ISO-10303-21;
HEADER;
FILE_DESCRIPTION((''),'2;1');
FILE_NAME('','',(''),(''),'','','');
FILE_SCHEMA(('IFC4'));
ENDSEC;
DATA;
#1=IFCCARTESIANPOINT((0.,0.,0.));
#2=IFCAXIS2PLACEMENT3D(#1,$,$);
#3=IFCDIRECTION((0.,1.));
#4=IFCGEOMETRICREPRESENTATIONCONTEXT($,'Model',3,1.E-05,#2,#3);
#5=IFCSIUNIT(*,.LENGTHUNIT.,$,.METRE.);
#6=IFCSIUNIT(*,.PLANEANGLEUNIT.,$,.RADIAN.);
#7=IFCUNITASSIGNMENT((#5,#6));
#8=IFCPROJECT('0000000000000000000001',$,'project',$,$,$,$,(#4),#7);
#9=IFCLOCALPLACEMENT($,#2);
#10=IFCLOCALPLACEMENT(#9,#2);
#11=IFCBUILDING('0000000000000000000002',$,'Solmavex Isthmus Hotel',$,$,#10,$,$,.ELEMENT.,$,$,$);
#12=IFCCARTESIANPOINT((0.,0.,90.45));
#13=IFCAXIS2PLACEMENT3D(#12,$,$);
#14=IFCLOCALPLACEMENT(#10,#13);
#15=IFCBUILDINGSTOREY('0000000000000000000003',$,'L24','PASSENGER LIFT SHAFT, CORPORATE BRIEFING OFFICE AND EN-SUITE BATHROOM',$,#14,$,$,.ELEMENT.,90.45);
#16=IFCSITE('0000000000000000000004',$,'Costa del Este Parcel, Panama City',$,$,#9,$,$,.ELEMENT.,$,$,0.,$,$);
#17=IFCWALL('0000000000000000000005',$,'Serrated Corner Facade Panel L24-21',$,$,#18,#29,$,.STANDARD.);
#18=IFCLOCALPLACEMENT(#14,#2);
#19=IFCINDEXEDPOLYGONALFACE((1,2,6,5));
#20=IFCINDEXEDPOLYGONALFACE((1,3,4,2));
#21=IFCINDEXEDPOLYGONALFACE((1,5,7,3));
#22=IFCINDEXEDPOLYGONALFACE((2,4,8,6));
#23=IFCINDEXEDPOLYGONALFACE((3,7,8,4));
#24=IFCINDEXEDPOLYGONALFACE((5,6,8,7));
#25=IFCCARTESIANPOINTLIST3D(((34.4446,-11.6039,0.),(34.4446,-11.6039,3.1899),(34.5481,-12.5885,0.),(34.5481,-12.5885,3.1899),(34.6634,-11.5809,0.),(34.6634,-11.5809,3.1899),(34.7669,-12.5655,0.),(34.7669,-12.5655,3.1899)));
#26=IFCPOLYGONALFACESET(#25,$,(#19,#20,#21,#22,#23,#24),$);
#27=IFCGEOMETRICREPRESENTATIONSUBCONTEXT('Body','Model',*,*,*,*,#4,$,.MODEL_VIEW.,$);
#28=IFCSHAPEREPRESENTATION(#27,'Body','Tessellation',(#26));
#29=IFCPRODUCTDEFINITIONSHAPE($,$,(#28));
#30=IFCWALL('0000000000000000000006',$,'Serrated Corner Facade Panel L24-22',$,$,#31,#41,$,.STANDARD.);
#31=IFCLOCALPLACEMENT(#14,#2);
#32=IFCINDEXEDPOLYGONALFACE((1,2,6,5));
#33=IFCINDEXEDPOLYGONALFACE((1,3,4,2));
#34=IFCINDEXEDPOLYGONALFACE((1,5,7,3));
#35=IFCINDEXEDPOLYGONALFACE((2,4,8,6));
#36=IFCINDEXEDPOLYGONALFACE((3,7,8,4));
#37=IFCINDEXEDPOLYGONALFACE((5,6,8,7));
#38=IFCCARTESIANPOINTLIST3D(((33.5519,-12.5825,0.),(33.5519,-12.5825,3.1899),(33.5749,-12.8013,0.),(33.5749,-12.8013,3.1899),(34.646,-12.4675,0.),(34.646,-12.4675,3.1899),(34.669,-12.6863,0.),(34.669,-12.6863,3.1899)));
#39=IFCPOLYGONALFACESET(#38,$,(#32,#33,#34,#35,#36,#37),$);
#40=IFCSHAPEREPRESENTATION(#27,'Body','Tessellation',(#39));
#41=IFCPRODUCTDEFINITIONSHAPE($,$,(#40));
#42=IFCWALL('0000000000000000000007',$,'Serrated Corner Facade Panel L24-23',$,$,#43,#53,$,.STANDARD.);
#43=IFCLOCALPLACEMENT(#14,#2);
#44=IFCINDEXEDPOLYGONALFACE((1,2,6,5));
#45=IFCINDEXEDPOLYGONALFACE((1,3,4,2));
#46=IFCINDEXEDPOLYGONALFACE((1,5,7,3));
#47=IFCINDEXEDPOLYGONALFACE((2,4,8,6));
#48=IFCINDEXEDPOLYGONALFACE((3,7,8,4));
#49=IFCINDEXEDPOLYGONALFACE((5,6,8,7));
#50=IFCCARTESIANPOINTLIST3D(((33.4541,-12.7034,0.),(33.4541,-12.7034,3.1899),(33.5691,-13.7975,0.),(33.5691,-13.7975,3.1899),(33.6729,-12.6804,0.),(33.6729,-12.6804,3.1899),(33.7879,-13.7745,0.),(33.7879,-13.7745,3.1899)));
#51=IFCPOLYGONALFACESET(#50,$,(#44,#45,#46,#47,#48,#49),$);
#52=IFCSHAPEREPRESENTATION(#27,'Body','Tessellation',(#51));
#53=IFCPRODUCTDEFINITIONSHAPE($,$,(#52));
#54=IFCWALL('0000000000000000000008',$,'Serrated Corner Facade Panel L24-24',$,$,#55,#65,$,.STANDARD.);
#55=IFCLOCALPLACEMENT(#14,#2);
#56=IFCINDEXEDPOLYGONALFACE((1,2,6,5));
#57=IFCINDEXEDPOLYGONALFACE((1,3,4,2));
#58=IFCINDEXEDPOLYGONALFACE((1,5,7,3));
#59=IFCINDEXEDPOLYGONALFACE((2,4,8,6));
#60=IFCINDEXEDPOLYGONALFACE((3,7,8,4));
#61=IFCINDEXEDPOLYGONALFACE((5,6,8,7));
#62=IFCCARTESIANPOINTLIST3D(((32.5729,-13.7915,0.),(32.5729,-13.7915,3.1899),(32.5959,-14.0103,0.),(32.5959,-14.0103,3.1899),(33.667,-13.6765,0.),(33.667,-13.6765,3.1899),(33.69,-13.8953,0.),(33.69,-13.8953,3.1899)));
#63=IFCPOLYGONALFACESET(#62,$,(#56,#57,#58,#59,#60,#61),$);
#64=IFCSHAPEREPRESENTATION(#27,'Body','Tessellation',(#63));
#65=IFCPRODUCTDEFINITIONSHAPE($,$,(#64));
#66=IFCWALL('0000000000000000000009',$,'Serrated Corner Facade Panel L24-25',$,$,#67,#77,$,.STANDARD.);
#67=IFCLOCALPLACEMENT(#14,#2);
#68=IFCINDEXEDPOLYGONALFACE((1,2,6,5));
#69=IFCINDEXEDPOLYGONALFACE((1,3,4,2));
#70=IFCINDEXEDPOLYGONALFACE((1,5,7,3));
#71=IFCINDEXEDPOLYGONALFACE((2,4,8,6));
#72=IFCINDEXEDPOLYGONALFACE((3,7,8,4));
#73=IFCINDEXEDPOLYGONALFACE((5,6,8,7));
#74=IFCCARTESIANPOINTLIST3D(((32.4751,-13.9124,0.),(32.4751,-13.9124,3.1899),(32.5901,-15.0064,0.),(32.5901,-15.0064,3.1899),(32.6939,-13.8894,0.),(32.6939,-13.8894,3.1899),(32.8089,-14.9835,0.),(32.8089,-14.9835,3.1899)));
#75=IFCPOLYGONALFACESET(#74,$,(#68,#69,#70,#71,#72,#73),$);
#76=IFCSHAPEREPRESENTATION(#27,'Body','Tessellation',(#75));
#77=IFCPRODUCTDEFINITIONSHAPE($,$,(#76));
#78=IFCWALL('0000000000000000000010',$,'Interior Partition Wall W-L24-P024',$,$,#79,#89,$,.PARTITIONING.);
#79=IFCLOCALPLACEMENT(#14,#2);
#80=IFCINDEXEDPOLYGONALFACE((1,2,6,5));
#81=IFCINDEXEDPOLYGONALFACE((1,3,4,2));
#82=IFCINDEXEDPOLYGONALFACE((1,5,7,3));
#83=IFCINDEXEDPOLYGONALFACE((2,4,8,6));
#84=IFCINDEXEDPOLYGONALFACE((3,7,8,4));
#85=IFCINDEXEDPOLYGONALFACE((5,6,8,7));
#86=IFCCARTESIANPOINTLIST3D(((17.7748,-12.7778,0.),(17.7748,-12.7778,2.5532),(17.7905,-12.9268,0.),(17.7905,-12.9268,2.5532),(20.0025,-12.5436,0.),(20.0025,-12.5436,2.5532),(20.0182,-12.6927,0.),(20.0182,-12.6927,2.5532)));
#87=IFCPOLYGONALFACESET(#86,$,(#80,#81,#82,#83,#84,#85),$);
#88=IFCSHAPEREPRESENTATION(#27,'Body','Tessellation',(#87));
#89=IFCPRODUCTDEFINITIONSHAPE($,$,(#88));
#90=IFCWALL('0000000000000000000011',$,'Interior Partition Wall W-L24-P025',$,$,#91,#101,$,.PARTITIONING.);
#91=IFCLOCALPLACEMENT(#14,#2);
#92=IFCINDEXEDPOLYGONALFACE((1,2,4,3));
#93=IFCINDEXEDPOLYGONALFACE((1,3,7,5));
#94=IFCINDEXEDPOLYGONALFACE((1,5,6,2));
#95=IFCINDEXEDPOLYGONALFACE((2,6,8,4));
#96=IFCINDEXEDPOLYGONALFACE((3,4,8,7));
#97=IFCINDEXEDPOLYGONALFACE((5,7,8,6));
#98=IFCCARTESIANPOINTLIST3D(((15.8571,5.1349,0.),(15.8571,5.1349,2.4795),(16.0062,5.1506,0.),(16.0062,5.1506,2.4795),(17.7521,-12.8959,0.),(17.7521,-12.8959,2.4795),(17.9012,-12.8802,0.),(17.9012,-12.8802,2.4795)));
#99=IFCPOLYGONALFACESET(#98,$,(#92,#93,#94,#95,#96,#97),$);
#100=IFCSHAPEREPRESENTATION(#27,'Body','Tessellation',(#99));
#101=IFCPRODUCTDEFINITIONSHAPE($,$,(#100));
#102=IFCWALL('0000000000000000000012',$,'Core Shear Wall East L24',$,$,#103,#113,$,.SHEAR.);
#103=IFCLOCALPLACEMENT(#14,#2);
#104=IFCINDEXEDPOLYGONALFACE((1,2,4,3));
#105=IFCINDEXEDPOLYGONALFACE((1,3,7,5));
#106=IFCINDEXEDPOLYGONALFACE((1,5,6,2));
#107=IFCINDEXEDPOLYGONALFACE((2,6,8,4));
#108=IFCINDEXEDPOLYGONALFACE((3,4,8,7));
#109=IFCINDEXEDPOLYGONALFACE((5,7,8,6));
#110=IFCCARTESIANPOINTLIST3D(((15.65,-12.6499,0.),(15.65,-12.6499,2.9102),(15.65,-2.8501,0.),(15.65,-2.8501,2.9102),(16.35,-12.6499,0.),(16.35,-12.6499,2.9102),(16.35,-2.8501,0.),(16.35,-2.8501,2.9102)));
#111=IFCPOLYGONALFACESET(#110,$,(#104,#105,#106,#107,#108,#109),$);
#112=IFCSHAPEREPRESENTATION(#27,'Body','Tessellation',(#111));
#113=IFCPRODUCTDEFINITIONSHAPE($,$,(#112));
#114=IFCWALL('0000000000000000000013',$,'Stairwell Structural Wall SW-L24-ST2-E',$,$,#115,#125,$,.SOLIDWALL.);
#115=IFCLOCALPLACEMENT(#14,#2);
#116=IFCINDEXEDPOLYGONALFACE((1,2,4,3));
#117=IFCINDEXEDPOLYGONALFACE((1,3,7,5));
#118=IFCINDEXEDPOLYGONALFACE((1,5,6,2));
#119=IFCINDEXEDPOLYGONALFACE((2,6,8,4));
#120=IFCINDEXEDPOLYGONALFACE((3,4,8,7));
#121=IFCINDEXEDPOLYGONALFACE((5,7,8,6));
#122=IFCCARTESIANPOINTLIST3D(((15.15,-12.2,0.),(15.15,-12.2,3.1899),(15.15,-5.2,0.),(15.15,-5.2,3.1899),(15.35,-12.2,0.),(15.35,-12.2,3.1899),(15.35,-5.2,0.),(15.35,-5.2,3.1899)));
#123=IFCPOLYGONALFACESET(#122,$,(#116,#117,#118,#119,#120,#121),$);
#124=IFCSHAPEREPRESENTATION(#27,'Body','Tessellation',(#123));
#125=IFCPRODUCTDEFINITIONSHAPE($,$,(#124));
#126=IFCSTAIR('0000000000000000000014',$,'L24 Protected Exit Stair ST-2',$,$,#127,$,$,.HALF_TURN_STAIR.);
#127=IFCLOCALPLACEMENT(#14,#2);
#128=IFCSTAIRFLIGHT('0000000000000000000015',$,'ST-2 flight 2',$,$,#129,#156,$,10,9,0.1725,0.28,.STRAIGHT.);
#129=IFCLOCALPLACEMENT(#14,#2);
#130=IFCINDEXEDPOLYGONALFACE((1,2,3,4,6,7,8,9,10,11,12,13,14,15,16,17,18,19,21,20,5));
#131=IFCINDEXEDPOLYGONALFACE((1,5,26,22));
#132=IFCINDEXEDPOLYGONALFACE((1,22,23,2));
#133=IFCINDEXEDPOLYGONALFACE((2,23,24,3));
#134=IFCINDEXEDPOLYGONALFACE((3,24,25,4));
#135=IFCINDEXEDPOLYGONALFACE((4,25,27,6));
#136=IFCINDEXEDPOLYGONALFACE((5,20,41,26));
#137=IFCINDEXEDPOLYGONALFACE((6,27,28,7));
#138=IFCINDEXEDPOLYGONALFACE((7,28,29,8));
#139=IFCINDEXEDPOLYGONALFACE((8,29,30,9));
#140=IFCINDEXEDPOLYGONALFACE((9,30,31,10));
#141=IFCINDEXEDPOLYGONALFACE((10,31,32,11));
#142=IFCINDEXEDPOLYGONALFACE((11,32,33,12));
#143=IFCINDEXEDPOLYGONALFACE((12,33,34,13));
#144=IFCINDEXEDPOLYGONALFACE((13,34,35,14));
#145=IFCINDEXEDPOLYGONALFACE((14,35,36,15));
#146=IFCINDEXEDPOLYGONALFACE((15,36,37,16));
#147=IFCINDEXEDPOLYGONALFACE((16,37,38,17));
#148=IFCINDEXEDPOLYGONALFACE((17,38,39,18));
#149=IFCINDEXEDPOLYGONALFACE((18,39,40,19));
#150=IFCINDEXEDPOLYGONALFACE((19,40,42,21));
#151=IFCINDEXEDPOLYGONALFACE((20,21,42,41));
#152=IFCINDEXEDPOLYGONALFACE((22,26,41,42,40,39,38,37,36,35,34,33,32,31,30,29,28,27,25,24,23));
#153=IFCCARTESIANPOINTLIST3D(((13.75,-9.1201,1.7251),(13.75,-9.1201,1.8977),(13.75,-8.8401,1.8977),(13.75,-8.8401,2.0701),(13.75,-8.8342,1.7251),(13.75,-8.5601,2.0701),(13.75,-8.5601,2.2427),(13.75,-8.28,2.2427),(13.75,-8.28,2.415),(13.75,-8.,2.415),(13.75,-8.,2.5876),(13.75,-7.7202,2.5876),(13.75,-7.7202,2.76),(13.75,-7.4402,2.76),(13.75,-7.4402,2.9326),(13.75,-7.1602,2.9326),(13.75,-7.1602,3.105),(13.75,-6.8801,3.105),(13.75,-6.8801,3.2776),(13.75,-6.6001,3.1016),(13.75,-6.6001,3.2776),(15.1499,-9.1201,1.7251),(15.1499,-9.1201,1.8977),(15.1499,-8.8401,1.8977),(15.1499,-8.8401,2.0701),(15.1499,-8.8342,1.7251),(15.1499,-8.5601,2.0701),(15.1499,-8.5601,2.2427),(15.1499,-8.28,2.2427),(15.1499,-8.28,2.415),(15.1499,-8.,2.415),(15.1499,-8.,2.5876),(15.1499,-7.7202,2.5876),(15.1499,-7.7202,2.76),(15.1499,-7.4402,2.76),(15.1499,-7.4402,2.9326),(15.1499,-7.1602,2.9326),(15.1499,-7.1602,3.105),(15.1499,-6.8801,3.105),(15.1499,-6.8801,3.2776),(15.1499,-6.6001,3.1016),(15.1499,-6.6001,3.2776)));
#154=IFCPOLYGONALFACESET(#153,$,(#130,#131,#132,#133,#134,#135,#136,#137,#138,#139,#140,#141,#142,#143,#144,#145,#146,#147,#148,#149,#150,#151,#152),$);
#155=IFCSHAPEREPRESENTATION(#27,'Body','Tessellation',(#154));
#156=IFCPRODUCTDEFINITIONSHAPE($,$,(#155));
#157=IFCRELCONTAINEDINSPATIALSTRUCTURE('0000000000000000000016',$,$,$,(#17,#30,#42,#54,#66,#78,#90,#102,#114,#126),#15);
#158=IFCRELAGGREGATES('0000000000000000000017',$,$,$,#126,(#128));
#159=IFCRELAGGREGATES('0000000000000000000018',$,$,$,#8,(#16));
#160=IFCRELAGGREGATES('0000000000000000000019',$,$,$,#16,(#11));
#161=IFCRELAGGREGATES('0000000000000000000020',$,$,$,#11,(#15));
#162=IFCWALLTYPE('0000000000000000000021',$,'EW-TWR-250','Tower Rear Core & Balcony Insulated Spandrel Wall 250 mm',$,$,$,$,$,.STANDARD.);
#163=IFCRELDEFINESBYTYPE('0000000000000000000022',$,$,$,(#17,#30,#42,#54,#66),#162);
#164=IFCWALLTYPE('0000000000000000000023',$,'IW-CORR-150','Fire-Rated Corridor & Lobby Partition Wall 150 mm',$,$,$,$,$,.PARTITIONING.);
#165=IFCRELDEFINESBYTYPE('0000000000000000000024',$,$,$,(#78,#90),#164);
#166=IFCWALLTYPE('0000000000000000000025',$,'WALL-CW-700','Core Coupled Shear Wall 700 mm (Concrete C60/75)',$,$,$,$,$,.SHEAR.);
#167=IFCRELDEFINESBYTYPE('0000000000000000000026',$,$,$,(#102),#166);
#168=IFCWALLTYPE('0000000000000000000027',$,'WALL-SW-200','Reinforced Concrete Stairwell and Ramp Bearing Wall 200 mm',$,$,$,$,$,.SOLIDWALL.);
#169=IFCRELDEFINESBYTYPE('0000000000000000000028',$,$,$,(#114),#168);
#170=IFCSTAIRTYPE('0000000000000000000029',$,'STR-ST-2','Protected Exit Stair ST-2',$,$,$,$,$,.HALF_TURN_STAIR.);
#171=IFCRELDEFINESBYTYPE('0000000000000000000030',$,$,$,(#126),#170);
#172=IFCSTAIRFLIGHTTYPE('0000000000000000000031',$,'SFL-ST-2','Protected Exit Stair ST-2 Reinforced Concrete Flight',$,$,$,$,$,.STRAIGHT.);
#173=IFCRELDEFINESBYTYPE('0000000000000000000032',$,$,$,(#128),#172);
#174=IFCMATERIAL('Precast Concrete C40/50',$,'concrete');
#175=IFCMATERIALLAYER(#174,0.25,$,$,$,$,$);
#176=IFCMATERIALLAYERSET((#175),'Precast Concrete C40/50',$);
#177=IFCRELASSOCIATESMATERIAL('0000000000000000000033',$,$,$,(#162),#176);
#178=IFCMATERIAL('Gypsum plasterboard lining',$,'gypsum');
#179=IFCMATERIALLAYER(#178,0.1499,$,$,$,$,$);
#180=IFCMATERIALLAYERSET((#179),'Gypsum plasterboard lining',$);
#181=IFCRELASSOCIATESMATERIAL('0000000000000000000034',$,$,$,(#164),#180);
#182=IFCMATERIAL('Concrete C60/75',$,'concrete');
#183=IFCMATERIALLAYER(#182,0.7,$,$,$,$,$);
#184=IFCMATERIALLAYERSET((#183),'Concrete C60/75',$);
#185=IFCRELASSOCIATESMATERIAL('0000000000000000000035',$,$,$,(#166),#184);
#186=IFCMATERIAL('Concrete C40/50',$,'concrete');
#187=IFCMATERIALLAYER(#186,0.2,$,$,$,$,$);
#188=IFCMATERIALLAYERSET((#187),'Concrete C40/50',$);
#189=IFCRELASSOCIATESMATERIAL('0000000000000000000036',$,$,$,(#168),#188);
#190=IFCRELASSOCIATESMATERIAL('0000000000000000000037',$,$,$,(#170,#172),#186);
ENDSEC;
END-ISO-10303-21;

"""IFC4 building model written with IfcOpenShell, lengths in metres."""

from ifc_helpers import new_model, si_unit, direction, frame, frame_2d, origin, place, context, subcontext, project, spatial, polyline, rectangle, outline, extrude, material, layer, layer_set, type_object, element, aggregate, save


model = new_model("IFC4")

# Units and contexts
model_context = context("Model", 3, precision=1e-05, world=origin(), true_north=direction((0.0, 1.0)))
body_context = subcontext(model_context, "Body", "Model", "MODEL_VIEW")
ifc_project = project(units=[si_unit("LENGTHUNIT", "METRE"), si_unit("PLANEANGLEUNIT", "RADIAN")], contexts=[model_context])

# Site, building, storey
site_placement = place(None, origin())
site = spatial("IfcSite", under=ifc_project, at=site_placement, Name="Costa del Este Parcel, Panama City", CompositionType="ELEMENT", RefElevation=0.0)
building_placement = place(site_placement, origin())
building = spatial("IfcBuilding", under=site, at=building_placement, Name="Solmavex Isthmus Hotel", CompositionType="ELEMENT")
storey_placement = place(building_placement, frame((0.0, 0.0, 90.45)))
storey = spatial("IfcBuildingStorey", under=building, at=storey_placement, Name="L24", Description="PASSENGER LIFT SHAFT, CORPORATE BRIEFING OFFICE AND EN-SUITE BATHROOM", CompositionType="ELEMENT", Elevation=90.45)

# Shared definitions
ifc_material_1 = material(Name="Concrete C60/75", Category="concrete")

# Walls
ifc_material_2 = material(Name="Precast Concrete C40/50", Category="concrete")
ifc_layer_1 = layer(ifc_material_2, 0.25)
ifc_layer_set_1 = layer_set([ifc_layer_1], Name="Precast Concrete C40/50")
wall_type_1 = type_object("IfcWallType", Name="EW-TWR-250", Description="Tower Rear Core & Balcony Insulated Spandrel Wall 250 mm", PredefinedType="STANDARD", material=ifc_layer_set_1)
wall_1_placement = place(storey_placement, frame((34.554, -11.5923, 0.0), z_axis=(0.0, 0.0, 1.0), x_axis=(0.104556, -0.994519, 0.0)))
element("IfcWall", 1, at=wall_1_placement, inside=storey, type_object=wall_type_1, Name="Serrated Corner Facade Panel L24-21", PredefinedType="STANDARD", context=body_context, shape_type="SweptSolid", body=[
    extrude(rectangle(XDim=0.99, YDim=0.22, at=frame_2d((0.4951, 0.0))), origin(), (0.0, 0.0, 1.0), 3.1899),
])
for number, where, z_axis, x_axis, name in (
    (2, (34.6575, -12.5769, 0.0), (0.0, 0.0, 1.0), (-0.994521, -0.104535, 0.0), "Serrated Corner Facade Panel L24-22"),
    (3, (33.5635, -12.6919, 0.0), (0.0, 0.0, 1.0), (0.104535, -0.994521, 0.0), "Serrated Corner Facade Panel L24-23"),
    (4, (33.6785, -13.7859, 0.0), (0.0, 0.0, 1.0), (-0.994521, -0.104535, 0.0), "Serrated Corner Facade Panel L24-24"),
    (5, (32.5845, -13.9009, 0.0), (0.0, 0.0, 1.0), (0.104535, -0.994521, 0.0), "Serrated Corner Facade Panel L24-25"),
):
    element("IfcWall", number, at=place(storey_placement, frame(where, z_axis=z_axis, x_axis=x_axis)), inside=storey, type_object=wall_type_1, Name=name, PredefinedType="STANDARD", context=body_context, shape_type="SweptSolid", body=[
        extrude(rectangle(XDim=1.1001, YDim=0.22, at=frame_2d((0.55, 0.0))), origin(), (0.0, 0.0, 1.0), 3.1899),
    ])
ifc_material_3 = material(Name="Gypsum plasterboard lining", Category="gypsum")
ifc_layer_2 = layer(ifc_material_3, 0.1499)
ifc_layer_set_2 = layer_set([ifc_layer_2], Name="Gypsum plasterboard lining")
wall_type_2 = type_object("IfcWallType", Name="IW-CORR-150", Description="Fire-Rated Corridor & Lobby Partition Wall 150 mm", PredefinedType="PARTITIONING", material=ifc_layer_set_2)
wall_2_placement = place(storey_placement, frame((20.0105, -12.6182, 0.0), z_axis=(0.0, 0.0, 1.0), x_axis=(-0.994523, -0.10452, 0.0)))
element("IfcWall", 6, at=wall_2_placement, inside=storey, type_object=wall_type_2, Name="Interior Partition Wall W-L24-P024", PredefinedType="PARTITIONING", context=body_context, shape_type="SweptSolid", body=[
    extrude(rectangle(XDim=2.24, YDim=0.1499, at=frame_2d((1.1201, 0.0))), origin(), (0.0, 0.0, 1.0), 2.5532),
])
wall_3_placement = place(storey_placement, frame((17.8267, -12.8879, 0.0), z_axis=(0.0, 0.0, 1.0), x_axis=(-0.104524, 0.994522, 0.0)))
element("IfcWall", 7, at=wall_3_placement, inside=storey, type_object=wall_type_2, Name="Interior Partition Wall W-L24-P025", PredefinedType="PARTITIONING", context=body_context, shape_type="SweptSolid", body=[
    extrude(rectangle(XDim=18.1301, YDim=0.1499, at=frame_2d((9.0649, 0.0))), origin(), (0.0, 0.0, 1.0), 2.4795),
])
ifc_layer_3 = layer(ifc_material_1, 0.7)
ifc_layer_set_3 = layer_set([ifc_layer_3], Name="Concrete C60/75")
wall_type_3 = type_object("IfcWallType", Name="WALL-CW-700", Description="Core Coupled Shear Wall 700 mm (Concrete C60/75)", PredefinedType="SHEAR", material=ifc_layer_set_3)
wall_4_placement = place(storey_placement, frame((16.0, -12.6499, 0.0), z_axis=(0.0, 0.0, 1.0), x_axis=(0.0, 1.0, 0.0)))
element("IfcWall", 8, at=wall_4_placement, inside=storey, type_object=wall_type_3, Name="Core Shear Wall East L24", PredefinedType="SHEAR", context=body_context, shape_type="SweptSolid", body=[
    extrude(rectangle(XDim=9.7998, YDim=0.7, at=frame_2d((4.8999, 0.0))), origin(), (0.0, 0.0, 1.0), 2.9102),
])
ifc_material_4 = material(Name="Concrete C40/50", Category="concrete")
ifc_layer_4 = layer(ifc_material_4, 0.2)
ifc_layer_set_4 = layer_set([ifc_layer_4], Name="Concrete C40/50")
wall_type_4 = type_object("IfcWallType", Name="WALL-SW-200", Description="Reinforced Concrete Stairwell and Ramp Bearing Wall 200 mm", PredefinedType="SOLIDWALL", material=ifc_layer_set_4)
wall_5_placement = place(storey_placement, frame((15.25, -12.2, 0.0), z_axis=(0.0, 0.0, 1.0), x_axis=(0.0, 1.0, 0.0)))
element("IfcWall", 9, at=wall_5_placement, inside=storey, type_object=wall_type_4, Name="Stairwell Structural Wall SW-L24-ST2-E", PredefinedType="SOLIDWALL", context=body_context, shape_type="SweptSolid", body=[
    extrude(rectangle(XDim=7.0, YDim=0.2, at=frame_2d((3.5, 0.0))), origin(), (0.0, 0.0, 1.0), 3.1899),
])

# Stair, stair flight
stair_type = type_object("IfcStairType", Name="STR-ST-2", Description="Protected Exit Stair ST-2", PredefinedType="HALF_TURN_STAIR", material=ifc_material_4)
stair_placement = place(storey_placement, origin())
stair = element("IfcStair", 10, at=stair_placement, inside=storey, type_object=stair_type, Name="L24 Protected Exit Stair ST-2", PredefinedType="HALF_TURN_STAIR")
stair_flight_type = type_object("IfcStairFlightType", Name="SFL-ST-2", Description="Protected Exit Stair ST-2 Reinforced Concrete Flight", PredefinedType="STRAIGHT", material=ifc_material_4)
stair_flight_placement = place(storey_placement, frame((14.45, -9.1201, 1.7251), z_axis=(0.0, 0.0, 1.0), x_axis=(0.0, 1.0, 0.0)))
stair_flight = element("IfcStairFlight", 11, at=stair_flight_placement, type_object=stair_flight_type, Name="ST-2 flight 2", NumberOfRisers=10, NumberOfTreads=9, PredefinedType="STRAIGHT", RiserHeight=0.1725, TreadLength=0.28, context=body_context, shape_type="SweptSolid", body=[
    extrude(outline(polyline([(0.0, 0.0), (0.0, 0.1726), (0.28, 0.1726), (0.28, 0.345), (0.5601, 0.345), (0.5601, 0.5176), (0.8401, 0.5176), (0.8401, 0.6899), (1.1201, 0.6899), (1.1201, 0.8625), (1.3999, 0.8625), (1.3999, 1.0349), (1.6799, 1.0349), (1.6799, 1.2075), (1.96, 1.2075), (1.96, 1.3799), (2.24, 1.3799), (2.24, 1.5525), (2.52, 1.5525), (2.52, 1.7251), (2.52, 1.3765), (0.2859, 0.0), (0.0, 0.0)])), frame((0.0, 0.7, 0.0), z_axis=(0.0, -1.0, 0.0), x_axis=(1.0, 0.0, 0.0)), (0.0, 0.0, 1.0), 1.3999),
])
aggregate(stair, [stair_flight])

save(model, "model.ifc")
